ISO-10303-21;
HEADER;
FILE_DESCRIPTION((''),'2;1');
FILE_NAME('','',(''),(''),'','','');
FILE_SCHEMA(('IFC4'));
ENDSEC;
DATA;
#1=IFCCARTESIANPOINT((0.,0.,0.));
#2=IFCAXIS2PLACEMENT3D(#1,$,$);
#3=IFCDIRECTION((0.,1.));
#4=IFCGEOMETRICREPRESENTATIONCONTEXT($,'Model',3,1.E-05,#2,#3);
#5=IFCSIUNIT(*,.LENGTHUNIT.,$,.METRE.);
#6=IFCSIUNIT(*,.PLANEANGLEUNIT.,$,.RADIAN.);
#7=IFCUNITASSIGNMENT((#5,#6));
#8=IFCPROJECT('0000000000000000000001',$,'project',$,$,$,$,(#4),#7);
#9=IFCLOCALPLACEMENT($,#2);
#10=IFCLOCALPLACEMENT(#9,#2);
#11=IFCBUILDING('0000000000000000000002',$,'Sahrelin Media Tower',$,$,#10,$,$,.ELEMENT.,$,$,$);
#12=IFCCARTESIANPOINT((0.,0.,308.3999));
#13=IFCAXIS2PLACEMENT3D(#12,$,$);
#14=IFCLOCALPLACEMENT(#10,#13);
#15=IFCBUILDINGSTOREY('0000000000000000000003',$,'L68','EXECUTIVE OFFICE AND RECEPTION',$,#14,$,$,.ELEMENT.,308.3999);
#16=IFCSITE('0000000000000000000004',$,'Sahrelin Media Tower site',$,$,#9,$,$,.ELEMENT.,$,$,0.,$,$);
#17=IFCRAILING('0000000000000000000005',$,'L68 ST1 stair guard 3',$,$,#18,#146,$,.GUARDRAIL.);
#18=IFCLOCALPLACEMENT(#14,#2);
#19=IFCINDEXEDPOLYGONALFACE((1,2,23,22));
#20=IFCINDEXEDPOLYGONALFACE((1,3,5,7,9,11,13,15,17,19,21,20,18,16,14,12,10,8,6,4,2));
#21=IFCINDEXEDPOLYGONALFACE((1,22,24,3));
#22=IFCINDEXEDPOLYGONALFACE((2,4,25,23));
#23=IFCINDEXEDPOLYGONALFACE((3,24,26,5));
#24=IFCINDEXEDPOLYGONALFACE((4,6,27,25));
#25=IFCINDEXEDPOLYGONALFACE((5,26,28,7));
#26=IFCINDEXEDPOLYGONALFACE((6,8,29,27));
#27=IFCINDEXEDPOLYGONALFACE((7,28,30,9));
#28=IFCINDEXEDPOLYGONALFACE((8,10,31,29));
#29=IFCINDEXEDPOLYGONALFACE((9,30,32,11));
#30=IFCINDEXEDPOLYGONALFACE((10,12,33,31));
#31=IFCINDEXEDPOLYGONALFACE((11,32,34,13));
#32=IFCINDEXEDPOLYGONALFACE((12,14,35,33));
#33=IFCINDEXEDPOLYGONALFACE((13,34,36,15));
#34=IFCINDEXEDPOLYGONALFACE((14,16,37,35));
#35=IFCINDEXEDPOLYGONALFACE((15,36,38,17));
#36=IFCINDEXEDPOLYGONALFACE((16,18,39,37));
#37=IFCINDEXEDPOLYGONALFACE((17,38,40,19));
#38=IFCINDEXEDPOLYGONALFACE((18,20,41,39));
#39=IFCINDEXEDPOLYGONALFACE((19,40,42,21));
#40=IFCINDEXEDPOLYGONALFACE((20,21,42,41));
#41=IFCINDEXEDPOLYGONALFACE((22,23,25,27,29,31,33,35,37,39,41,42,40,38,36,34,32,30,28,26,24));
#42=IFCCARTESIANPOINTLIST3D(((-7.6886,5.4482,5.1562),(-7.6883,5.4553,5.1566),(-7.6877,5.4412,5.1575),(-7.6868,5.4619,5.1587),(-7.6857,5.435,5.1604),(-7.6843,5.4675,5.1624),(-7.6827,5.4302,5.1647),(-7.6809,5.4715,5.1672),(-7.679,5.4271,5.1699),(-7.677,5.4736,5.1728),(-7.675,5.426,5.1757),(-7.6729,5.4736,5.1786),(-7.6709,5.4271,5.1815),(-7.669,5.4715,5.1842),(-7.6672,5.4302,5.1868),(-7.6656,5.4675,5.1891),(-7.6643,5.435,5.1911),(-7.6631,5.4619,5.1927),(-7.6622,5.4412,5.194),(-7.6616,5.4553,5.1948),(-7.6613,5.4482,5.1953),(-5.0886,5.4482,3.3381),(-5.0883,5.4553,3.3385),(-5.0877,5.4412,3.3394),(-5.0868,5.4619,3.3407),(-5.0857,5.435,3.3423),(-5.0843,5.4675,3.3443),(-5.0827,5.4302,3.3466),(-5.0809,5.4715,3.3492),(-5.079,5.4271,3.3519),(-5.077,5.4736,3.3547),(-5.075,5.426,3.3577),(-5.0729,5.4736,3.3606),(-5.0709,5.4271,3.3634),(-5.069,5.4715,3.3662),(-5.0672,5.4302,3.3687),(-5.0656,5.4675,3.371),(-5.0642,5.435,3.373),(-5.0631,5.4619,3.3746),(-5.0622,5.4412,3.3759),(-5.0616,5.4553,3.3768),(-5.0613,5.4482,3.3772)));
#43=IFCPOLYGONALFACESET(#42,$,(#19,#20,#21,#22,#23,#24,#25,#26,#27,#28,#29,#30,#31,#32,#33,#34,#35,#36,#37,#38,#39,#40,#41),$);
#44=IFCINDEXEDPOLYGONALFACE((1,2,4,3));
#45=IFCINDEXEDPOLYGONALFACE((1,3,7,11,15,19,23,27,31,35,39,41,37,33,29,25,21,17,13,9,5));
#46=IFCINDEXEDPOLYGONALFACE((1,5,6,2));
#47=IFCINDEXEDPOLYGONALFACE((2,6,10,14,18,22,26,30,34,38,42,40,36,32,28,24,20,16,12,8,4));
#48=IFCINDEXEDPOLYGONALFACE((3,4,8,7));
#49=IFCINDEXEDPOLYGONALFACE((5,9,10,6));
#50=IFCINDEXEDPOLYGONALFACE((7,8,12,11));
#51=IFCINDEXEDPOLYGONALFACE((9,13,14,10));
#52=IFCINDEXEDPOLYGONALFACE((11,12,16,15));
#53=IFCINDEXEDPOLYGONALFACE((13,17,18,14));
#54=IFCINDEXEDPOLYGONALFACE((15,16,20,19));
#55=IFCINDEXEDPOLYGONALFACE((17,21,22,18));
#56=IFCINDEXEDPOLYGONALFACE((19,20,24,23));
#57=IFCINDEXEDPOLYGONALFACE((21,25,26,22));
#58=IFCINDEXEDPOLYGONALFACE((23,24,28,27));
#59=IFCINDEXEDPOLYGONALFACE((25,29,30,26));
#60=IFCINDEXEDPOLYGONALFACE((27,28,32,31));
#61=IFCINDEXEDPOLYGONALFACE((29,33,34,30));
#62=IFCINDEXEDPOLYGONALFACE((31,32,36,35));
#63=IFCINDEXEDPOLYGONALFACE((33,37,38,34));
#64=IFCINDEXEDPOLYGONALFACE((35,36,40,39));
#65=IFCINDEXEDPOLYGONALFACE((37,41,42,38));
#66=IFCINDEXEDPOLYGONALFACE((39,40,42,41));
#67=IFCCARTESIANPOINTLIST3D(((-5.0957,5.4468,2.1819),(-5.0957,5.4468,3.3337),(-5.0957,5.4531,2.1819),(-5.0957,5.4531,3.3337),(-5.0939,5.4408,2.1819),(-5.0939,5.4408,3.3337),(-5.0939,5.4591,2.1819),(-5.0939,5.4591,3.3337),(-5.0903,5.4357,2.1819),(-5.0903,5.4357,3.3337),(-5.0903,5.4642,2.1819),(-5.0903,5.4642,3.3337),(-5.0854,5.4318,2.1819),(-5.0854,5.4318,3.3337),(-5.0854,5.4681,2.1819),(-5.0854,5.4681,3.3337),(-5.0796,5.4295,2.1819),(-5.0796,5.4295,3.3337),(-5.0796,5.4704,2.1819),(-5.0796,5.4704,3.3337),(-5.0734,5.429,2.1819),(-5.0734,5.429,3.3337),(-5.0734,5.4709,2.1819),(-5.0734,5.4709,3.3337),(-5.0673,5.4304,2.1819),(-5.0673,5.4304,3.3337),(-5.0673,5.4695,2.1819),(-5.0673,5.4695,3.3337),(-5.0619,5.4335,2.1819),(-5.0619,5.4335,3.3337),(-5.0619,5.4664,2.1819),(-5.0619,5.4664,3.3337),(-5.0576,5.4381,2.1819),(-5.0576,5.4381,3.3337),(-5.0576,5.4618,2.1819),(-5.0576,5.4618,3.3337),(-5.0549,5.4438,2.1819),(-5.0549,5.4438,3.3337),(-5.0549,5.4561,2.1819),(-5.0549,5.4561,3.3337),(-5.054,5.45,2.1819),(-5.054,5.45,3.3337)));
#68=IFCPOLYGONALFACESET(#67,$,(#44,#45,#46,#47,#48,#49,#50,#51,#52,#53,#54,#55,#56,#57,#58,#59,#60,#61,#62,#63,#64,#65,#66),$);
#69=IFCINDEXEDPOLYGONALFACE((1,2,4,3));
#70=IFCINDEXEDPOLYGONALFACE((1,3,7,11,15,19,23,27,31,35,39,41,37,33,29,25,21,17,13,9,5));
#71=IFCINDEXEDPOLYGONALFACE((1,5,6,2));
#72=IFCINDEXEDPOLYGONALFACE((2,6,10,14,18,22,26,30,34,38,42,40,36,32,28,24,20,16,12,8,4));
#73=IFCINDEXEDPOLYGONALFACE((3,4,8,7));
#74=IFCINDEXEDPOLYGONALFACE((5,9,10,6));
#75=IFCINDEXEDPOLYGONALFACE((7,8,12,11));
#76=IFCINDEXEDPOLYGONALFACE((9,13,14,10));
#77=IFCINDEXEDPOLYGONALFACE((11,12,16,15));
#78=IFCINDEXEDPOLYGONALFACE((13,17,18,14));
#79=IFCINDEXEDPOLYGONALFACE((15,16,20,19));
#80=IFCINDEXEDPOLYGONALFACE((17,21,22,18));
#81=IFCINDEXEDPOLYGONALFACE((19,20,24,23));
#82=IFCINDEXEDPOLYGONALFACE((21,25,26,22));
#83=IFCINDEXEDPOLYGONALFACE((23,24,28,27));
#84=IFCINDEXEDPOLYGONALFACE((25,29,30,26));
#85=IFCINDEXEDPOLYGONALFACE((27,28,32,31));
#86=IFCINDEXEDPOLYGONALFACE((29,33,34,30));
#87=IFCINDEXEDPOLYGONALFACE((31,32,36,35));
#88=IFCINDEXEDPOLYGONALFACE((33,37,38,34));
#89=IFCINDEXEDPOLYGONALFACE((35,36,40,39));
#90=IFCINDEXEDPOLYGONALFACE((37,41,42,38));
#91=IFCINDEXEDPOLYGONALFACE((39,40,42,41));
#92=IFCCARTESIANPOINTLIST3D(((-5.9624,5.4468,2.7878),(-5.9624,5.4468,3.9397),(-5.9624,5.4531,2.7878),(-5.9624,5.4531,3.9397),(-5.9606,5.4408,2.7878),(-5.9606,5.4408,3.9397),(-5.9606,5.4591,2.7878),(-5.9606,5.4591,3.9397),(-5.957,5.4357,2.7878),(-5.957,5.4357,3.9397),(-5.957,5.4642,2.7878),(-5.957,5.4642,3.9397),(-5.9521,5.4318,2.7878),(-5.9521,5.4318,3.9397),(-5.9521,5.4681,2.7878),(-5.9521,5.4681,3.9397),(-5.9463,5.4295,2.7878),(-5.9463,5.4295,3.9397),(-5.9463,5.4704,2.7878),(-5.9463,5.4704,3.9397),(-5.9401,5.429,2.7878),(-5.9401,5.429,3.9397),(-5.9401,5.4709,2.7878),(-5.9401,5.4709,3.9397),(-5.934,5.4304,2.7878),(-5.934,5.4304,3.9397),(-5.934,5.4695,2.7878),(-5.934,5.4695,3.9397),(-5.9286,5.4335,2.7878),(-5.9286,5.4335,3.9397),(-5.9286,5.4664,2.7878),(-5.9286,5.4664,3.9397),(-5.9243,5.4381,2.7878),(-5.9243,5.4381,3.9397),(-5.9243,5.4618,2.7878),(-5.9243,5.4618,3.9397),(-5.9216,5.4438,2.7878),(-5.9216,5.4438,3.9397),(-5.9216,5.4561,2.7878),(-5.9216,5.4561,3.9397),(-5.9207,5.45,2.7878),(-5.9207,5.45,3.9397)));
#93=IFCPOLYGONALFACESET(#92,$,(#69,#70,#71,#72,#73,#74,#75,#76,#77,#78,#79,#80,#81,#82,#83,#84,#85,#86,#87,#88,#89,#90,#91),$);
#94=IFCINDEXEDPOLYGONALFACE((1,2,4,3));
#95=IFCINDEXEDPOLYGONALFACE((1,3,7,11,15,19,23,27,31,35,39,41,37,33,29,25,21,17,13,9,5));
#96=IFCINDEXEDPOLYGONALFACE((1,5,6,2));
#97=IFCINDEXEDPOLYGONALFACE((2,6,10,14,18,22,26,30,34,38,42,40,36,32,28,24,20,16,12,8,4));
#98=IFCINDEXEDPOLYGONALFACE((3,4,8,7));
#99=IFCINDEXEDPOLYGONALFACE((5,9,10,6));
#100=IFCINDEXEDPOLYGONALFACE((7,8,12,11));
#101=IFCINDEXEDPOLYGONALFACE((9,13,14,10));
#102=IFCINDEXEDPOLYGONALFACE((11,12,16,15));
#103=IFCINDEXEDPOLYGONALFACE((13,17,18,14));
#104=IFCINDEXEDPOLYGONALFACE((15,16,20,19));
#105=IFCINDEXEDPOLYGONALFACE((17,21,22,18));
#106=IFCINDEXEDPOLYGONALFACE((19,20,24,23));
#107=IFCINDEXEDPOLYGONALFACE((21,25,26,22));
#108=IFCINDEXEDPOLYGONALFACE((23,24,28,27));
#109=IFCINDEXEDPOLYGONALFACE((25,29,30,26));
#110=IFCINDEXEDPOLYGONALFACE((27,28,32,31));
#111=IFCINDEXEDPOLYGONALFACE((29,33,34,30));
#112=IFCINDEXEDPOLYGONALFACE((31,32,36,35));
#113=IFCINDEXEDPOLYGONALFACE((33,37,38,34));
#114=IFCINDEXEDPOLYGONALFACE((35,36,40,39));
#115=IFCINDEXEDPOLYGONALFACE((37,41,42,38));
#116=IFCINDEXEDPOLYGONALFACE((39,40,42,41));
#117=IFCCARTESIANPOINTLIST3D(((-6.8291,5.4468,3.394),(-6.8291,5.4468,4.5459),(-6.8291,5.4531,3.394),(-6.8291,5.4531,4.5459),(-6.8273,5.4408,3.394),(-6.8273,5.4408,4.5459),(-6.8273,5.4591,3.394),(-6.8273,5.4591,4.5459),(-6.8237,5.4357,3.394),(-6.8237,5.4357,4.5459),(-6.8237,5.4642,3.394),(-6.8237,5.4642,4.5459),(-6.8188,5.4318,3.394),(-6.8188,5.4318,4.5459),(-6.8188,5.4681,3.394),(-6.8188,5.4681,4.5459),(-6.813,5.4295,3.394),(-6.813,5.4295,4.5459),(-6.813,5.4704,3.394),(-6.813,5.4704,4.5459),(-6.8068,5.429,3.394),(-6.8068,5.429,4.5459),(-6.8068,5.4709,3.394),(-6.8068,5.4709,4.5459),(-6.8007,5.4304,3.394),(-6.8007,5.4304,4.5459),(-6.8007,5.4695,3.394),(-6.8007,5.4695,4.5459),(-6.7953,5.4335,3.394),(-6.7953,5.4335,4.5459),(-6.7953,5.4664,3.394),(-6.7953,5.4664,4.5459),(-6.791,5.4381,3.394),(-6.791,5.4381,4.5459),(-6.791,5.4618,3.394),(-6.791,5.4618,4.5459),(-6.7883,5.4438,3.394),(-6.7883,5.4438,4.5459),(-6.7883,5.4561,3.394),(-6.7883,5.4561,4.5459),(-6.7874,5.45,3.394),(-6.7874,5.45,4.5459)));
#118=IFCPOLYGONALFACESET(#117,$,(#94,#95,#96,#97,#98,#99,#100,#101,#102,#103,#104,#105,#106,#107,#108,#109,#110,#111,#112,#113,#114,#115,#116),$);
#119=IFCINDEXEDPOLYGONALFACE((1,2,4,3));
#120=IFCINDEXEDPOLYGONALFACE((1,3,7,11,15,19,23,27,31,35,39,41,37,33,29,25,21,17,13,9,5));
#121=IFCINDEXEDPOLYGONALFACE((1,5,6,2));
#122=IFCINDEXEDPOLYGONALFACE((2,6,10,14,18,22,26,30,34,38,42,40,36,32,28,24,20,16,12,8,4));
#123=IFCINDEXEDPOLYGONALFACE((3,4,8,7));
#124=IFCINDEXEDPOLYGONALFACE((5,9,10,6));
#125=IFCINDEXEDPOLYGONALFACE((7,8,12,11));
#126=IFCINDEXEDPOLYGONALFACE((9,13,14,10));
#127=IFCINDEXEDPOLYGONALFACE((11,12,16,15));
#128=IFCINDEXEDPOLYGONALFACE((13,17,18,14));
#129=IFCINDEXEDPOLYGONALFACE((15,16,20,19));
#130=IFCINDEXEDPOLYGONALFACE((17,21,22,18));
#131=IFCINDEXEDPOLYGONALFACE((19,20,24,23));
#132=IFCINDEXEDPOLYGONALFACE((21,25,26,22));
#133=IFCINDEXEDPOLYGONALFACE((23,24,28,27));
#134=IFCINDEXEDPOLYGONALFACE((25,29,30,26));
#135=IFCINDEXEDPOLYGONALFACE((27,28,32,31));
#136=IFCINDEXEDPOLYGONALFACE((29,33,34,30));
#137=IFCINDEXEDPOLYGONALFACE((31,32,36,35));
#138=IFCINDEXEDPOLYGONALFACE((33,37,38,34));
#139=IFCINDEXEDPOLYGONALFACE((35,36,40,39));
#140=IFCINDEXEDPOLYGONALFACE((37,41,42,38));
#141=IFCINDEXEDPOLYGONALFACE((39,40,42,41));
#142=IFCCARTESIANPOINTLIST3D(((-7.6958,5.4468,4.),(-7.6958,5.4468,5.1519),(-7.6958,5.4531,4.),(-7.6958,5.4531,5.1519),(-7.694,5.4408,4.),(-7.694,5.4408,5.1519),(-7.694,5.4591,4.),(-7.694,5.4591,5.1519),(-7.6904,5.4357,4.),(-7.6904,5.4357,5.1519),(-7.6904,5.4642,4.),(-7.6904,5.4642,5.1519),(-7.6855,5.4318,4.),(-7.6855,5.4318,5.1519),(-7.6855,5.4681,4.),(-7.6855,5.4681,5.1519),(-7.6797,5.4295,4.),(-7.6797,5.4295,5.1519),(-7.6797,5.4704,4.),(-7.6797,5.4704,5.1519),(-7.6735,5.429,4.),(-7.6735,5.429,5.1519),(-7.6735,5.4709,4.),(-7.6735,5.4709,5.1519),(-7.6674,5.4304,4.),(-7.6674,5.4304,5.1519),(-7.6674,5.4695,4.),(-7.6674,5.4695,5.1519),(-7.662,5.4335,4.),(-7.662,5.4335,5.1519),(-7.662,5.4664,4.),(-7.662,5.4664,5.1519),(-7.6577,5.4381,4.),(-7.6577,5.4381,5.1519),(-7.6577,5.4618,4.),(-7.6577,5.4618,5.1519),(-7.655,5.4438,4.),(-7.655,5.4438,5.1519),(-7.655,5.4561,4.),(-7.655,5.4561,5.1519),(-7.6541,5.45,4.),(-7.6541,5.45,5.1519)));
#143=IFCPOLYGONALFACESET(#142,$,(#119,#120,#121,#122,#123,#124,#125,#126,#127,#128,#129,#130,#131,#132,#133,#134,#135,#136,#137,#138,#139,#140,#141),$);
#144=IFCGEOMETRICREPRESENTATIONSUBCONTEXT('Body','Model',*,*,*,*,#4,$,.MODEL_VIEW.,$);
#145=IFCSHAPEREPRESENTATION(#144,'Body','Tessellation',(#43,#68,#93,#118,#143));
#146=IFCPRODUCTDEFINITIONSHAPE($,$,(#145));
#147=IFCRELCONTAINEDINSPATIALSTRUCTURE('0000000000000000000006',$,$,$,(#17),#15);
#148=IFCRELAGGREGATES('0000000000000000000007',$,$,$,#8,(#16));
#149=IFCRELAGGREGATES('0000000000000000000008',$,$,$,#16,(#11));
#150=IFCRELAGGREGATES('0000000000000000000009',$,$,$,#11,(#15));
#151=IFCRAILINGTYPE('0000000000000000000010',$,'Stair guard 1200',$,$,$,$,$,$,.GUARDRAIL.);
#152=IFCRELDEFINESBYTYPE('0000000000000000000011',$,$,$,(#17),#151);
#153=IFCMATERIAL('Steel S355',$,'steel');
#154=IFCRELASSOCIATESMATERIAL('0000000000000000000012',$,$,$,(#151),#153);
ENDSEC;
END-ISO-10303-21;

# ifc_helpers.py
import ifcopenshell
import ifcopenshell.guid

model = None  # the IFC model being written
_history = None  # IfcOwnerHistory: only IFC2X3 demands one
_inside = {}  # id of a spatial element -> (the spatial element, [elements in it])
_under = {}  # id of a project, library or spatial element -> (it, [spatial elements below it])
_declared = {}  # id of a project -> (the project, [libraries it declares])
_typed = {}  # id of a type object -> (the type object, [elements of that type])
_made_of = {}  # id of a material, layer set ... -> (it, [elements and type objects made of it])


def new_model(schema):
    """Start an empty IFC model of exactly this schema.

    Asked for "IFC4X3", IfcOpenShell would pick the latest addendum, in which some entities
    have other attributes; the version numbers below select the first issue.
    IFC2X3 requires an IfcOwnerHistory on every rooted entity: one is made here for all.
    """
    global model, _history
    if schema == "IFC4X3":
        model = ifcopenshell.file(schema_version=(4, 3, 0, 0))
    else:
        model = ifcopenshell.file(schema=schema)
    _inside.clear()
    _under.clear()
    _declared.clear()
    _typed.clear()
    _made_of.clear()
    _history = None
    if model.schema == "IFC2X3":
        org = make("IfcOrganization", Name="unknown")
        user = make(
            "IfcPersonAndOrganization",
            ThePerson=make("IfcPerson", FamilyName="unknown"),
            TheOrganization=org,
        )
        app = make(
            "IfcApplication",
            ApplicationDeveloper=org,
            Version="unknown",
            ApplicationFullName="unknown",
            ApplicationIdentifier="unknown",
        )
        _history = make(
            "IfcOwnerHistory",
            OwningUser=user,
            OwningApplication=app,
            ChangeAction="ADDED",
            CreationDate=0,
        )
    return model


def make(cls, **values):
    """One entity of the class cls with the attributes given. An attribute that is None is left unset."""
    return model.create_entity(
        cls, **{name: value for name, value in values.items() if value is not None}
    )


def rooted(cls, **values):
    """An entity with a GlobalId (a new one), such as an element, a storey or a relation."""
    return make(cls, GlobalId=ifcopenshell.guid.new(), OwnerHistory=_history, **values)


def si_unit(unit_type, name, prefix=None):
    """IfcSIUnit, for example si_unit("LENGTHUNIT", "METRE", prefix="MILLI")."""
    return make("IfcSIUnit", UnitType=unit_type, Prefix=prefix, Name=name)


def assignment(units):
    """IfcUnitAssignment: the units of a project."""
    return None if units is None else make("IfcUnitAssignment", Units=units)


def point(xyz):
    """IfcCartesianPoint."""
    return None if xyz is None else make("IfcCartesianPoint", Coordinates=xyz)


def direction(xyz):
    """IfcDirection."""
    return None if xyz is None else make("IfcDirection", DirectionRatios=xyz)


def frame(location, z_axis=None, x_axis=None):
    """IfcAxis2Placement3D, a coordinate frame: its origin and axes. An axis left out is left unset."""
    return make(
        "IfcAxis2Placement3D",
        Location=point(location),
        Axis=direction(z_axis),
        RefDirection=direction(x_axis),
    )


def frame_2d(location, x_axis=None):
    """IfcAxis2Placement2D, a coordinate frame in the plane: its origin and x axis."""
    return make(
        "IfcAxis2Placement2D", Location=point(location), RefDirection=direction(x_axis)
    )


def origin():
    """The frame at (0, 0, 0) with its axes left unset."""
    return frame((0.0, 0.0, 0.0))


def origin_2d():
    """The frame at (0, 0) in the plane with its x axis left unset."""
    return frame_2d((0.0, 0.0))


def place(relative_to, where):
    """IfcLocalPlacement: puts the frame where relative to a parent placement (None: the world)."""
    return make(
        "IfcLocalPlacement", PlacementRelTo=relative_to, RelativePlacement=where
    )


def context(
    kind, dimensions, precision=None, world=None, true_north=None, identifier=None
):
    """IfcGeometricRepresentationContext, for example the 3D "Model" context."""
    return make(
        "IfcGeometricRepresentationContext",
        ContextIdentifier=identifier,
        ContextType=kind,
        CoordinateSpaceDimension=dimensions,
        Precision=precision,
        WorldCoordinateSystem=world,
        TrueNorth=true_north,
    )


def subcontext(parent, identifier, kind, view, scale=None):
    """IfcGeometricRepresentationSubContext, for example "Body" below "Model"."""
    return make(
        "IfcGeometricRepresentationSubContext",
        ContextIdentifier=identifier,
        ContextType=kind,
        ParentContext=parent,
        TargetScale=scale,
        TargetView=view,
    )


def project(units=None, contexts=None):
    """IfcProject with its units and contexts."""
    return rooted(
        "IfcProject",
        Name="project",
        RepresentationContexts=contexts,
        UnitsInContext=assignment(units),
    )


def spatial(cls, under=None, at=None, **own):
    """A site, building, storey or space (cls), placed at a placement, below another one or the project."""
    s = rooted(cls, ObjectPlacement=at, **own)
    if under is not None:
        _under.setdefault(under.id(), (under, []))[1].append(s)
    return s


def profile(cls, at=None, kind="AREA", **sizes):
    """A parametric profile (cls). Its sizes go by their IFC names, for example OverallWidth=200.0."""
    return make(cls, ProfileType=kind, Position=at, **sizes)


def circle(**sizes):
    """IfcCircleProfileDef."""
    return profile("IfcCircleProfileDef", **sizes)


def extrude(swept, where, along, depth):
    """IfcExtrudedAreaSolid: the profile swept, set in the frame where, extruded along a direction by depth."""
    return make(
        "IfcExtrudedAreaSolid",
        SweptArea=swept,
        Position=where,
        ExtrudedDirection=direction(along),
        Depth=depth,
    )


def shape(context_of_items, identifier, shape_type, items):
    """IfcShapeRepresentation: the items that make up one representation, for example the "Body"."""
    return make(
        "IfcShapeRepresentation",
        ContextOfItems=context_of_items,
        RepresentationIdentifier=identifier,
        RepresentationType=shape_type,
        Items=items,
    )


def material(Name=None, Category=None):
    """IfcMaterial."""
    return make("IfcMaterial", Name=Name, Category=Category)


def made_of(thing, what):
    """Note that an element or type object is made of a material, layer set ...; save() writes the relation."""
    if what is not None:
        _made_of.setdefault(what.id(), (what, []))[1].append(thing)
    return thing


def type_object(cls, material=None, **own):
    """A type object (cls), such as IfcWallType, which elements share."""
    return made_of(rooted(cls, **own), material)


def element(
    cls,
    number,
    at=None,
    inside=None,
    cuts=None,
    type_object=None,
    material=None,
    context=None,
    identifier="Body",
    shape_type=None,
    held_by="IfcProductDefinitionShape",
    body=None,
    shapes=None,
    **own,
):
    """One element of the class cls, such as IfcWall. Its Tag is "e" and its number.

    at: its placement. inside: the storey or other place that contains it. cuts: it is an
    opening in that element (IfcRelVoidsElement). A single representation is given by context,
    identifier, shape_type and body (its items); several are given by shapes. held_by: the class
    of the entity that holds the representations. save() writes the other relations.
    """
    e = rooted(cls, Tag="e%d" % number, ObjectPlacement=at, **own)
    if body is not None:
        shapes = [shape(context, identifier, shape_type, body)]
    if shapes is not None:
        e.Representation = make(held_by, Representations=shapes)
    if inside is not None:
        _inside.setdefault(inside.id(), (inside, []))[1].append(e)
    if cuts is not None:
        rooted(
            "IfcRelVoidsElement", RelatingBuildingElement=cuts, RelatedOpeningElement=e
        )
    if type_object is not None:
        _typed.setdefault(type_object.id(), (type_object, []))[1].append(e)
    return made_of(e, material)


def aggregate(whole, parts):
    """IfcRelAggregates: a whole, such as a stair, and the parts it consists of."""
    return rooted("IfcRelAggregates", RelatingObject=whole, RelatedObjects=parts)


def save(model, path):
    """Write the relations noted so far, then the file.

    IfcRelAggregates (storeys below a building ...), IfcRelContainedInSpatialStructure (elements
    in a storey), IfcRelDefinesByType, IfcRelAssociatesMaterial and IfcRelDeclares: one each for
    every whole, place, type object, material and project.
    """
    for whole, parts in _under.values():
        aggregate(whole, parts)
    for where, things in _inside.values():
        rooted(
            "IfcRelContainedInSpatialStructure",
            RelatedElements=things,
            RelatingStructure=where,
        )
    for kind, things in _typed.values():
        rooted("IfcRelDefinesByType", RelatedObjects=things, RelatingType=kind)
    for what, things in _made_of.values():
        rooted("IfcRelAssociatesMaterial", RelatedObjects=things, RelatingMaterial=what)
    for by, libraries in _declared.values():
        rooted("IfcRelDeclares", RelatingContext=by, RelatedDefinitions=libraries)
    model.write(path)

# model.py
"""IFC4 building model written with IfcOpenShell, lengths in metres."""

from ifc_helpers import new_model, si_unit, direction, frame, origin, origin_2d, place, context, subcontext, project, spatial, circle, extrude, material, type_object, element, save


model = new_model("IFC4")

# Units and contexts
model_context = context("Model", 3, precision=1e-05, world=origin(), true_north=direction((0.0, 1.0)))
body_context = subcontext(model_context, "Body", "Model", "MODEL_VIEW")
ifc_project = project(units=[si_unit("LENGTHUNIT", "METRE"), si_unit("PLANEANGLEUNIT", "RADIAN")], contexts=[model_context])

# Site, building, storey
site_placement = place(None, origin())
site = spatial("IfcSite", under=ifc_project, at=site_placement, Name="Sahrelin Media Tower site", CompositionType="ELEMENT", RefElevation=0.0)
building_placement = place(site_placement, origin())
building = spatial("IfcBuilding", under=site, at=building_placement, Name="Sahrelin Media Tower", CompositionType="ELEMENT")
storey_placement = place(building_placement, frame((0.0, 0.0, 308.3999)))
storey = spatial("IfcBuildingStorey", under=building, at=storey_placement, Name="L68", Description="EXECUTIVE OFFICE AND RECEPTION", CompositionType="ELEMENT", Elevation=308.3999)

# Shared definitions
ifc_material_1 = material(Name="Steel S355", Category="steel")

# Railing
railing_type_1 = type_object("IfcRailingType", Name="Stair guard 1200", PredefinedType="GUARDRAIL", material=ifc_material_1)
railing_1_placement = place(storey_placement, frame((-5.075, 5.45, 2.1819)))
element("IfcRailing", 1, at=railing_1_placement, inside=storey, type_object=railing_type_1, Name="L68 ST1 stair guard 3", PredefinedType="GUARDRAIL", context=body_context, shape_type="SweptSolid", body=[
    extrude(circle(Radius=0.0239, at=origin_2d()), frame((0.0, 0.0, 1.1758), z_axis=(-0.819521, 0.0, 0.573049), x_axis=(0.0, -1.0, 0.0)), (0.0, 0.0, 1.0), 3.1726),
    extrude(circle(Radius=0.021, at=origin_2d()), origin(), (0.0, 0.0, 1.0), 1.1519),
    extrude(circle(Radius=0.021, at=origin_2d()), frame((-0.8667, 0.0, 0.606)), (0.0, 0.0, 1.0), 1.1519),
    extrude(circle(Radius=0.021, at=origin_2d()), frame((-1.7334, 0.0, 1.2122)), (0.0, 0.0, 1.0), 1.1519),
    extrude(circle(Radius=0.021, at=origin_2d()), frame((-2.6001, 0.0, 1.8181)), (0.0, 0.0, 1.0), 1.1519),
])

save(model, "model.ifc")
